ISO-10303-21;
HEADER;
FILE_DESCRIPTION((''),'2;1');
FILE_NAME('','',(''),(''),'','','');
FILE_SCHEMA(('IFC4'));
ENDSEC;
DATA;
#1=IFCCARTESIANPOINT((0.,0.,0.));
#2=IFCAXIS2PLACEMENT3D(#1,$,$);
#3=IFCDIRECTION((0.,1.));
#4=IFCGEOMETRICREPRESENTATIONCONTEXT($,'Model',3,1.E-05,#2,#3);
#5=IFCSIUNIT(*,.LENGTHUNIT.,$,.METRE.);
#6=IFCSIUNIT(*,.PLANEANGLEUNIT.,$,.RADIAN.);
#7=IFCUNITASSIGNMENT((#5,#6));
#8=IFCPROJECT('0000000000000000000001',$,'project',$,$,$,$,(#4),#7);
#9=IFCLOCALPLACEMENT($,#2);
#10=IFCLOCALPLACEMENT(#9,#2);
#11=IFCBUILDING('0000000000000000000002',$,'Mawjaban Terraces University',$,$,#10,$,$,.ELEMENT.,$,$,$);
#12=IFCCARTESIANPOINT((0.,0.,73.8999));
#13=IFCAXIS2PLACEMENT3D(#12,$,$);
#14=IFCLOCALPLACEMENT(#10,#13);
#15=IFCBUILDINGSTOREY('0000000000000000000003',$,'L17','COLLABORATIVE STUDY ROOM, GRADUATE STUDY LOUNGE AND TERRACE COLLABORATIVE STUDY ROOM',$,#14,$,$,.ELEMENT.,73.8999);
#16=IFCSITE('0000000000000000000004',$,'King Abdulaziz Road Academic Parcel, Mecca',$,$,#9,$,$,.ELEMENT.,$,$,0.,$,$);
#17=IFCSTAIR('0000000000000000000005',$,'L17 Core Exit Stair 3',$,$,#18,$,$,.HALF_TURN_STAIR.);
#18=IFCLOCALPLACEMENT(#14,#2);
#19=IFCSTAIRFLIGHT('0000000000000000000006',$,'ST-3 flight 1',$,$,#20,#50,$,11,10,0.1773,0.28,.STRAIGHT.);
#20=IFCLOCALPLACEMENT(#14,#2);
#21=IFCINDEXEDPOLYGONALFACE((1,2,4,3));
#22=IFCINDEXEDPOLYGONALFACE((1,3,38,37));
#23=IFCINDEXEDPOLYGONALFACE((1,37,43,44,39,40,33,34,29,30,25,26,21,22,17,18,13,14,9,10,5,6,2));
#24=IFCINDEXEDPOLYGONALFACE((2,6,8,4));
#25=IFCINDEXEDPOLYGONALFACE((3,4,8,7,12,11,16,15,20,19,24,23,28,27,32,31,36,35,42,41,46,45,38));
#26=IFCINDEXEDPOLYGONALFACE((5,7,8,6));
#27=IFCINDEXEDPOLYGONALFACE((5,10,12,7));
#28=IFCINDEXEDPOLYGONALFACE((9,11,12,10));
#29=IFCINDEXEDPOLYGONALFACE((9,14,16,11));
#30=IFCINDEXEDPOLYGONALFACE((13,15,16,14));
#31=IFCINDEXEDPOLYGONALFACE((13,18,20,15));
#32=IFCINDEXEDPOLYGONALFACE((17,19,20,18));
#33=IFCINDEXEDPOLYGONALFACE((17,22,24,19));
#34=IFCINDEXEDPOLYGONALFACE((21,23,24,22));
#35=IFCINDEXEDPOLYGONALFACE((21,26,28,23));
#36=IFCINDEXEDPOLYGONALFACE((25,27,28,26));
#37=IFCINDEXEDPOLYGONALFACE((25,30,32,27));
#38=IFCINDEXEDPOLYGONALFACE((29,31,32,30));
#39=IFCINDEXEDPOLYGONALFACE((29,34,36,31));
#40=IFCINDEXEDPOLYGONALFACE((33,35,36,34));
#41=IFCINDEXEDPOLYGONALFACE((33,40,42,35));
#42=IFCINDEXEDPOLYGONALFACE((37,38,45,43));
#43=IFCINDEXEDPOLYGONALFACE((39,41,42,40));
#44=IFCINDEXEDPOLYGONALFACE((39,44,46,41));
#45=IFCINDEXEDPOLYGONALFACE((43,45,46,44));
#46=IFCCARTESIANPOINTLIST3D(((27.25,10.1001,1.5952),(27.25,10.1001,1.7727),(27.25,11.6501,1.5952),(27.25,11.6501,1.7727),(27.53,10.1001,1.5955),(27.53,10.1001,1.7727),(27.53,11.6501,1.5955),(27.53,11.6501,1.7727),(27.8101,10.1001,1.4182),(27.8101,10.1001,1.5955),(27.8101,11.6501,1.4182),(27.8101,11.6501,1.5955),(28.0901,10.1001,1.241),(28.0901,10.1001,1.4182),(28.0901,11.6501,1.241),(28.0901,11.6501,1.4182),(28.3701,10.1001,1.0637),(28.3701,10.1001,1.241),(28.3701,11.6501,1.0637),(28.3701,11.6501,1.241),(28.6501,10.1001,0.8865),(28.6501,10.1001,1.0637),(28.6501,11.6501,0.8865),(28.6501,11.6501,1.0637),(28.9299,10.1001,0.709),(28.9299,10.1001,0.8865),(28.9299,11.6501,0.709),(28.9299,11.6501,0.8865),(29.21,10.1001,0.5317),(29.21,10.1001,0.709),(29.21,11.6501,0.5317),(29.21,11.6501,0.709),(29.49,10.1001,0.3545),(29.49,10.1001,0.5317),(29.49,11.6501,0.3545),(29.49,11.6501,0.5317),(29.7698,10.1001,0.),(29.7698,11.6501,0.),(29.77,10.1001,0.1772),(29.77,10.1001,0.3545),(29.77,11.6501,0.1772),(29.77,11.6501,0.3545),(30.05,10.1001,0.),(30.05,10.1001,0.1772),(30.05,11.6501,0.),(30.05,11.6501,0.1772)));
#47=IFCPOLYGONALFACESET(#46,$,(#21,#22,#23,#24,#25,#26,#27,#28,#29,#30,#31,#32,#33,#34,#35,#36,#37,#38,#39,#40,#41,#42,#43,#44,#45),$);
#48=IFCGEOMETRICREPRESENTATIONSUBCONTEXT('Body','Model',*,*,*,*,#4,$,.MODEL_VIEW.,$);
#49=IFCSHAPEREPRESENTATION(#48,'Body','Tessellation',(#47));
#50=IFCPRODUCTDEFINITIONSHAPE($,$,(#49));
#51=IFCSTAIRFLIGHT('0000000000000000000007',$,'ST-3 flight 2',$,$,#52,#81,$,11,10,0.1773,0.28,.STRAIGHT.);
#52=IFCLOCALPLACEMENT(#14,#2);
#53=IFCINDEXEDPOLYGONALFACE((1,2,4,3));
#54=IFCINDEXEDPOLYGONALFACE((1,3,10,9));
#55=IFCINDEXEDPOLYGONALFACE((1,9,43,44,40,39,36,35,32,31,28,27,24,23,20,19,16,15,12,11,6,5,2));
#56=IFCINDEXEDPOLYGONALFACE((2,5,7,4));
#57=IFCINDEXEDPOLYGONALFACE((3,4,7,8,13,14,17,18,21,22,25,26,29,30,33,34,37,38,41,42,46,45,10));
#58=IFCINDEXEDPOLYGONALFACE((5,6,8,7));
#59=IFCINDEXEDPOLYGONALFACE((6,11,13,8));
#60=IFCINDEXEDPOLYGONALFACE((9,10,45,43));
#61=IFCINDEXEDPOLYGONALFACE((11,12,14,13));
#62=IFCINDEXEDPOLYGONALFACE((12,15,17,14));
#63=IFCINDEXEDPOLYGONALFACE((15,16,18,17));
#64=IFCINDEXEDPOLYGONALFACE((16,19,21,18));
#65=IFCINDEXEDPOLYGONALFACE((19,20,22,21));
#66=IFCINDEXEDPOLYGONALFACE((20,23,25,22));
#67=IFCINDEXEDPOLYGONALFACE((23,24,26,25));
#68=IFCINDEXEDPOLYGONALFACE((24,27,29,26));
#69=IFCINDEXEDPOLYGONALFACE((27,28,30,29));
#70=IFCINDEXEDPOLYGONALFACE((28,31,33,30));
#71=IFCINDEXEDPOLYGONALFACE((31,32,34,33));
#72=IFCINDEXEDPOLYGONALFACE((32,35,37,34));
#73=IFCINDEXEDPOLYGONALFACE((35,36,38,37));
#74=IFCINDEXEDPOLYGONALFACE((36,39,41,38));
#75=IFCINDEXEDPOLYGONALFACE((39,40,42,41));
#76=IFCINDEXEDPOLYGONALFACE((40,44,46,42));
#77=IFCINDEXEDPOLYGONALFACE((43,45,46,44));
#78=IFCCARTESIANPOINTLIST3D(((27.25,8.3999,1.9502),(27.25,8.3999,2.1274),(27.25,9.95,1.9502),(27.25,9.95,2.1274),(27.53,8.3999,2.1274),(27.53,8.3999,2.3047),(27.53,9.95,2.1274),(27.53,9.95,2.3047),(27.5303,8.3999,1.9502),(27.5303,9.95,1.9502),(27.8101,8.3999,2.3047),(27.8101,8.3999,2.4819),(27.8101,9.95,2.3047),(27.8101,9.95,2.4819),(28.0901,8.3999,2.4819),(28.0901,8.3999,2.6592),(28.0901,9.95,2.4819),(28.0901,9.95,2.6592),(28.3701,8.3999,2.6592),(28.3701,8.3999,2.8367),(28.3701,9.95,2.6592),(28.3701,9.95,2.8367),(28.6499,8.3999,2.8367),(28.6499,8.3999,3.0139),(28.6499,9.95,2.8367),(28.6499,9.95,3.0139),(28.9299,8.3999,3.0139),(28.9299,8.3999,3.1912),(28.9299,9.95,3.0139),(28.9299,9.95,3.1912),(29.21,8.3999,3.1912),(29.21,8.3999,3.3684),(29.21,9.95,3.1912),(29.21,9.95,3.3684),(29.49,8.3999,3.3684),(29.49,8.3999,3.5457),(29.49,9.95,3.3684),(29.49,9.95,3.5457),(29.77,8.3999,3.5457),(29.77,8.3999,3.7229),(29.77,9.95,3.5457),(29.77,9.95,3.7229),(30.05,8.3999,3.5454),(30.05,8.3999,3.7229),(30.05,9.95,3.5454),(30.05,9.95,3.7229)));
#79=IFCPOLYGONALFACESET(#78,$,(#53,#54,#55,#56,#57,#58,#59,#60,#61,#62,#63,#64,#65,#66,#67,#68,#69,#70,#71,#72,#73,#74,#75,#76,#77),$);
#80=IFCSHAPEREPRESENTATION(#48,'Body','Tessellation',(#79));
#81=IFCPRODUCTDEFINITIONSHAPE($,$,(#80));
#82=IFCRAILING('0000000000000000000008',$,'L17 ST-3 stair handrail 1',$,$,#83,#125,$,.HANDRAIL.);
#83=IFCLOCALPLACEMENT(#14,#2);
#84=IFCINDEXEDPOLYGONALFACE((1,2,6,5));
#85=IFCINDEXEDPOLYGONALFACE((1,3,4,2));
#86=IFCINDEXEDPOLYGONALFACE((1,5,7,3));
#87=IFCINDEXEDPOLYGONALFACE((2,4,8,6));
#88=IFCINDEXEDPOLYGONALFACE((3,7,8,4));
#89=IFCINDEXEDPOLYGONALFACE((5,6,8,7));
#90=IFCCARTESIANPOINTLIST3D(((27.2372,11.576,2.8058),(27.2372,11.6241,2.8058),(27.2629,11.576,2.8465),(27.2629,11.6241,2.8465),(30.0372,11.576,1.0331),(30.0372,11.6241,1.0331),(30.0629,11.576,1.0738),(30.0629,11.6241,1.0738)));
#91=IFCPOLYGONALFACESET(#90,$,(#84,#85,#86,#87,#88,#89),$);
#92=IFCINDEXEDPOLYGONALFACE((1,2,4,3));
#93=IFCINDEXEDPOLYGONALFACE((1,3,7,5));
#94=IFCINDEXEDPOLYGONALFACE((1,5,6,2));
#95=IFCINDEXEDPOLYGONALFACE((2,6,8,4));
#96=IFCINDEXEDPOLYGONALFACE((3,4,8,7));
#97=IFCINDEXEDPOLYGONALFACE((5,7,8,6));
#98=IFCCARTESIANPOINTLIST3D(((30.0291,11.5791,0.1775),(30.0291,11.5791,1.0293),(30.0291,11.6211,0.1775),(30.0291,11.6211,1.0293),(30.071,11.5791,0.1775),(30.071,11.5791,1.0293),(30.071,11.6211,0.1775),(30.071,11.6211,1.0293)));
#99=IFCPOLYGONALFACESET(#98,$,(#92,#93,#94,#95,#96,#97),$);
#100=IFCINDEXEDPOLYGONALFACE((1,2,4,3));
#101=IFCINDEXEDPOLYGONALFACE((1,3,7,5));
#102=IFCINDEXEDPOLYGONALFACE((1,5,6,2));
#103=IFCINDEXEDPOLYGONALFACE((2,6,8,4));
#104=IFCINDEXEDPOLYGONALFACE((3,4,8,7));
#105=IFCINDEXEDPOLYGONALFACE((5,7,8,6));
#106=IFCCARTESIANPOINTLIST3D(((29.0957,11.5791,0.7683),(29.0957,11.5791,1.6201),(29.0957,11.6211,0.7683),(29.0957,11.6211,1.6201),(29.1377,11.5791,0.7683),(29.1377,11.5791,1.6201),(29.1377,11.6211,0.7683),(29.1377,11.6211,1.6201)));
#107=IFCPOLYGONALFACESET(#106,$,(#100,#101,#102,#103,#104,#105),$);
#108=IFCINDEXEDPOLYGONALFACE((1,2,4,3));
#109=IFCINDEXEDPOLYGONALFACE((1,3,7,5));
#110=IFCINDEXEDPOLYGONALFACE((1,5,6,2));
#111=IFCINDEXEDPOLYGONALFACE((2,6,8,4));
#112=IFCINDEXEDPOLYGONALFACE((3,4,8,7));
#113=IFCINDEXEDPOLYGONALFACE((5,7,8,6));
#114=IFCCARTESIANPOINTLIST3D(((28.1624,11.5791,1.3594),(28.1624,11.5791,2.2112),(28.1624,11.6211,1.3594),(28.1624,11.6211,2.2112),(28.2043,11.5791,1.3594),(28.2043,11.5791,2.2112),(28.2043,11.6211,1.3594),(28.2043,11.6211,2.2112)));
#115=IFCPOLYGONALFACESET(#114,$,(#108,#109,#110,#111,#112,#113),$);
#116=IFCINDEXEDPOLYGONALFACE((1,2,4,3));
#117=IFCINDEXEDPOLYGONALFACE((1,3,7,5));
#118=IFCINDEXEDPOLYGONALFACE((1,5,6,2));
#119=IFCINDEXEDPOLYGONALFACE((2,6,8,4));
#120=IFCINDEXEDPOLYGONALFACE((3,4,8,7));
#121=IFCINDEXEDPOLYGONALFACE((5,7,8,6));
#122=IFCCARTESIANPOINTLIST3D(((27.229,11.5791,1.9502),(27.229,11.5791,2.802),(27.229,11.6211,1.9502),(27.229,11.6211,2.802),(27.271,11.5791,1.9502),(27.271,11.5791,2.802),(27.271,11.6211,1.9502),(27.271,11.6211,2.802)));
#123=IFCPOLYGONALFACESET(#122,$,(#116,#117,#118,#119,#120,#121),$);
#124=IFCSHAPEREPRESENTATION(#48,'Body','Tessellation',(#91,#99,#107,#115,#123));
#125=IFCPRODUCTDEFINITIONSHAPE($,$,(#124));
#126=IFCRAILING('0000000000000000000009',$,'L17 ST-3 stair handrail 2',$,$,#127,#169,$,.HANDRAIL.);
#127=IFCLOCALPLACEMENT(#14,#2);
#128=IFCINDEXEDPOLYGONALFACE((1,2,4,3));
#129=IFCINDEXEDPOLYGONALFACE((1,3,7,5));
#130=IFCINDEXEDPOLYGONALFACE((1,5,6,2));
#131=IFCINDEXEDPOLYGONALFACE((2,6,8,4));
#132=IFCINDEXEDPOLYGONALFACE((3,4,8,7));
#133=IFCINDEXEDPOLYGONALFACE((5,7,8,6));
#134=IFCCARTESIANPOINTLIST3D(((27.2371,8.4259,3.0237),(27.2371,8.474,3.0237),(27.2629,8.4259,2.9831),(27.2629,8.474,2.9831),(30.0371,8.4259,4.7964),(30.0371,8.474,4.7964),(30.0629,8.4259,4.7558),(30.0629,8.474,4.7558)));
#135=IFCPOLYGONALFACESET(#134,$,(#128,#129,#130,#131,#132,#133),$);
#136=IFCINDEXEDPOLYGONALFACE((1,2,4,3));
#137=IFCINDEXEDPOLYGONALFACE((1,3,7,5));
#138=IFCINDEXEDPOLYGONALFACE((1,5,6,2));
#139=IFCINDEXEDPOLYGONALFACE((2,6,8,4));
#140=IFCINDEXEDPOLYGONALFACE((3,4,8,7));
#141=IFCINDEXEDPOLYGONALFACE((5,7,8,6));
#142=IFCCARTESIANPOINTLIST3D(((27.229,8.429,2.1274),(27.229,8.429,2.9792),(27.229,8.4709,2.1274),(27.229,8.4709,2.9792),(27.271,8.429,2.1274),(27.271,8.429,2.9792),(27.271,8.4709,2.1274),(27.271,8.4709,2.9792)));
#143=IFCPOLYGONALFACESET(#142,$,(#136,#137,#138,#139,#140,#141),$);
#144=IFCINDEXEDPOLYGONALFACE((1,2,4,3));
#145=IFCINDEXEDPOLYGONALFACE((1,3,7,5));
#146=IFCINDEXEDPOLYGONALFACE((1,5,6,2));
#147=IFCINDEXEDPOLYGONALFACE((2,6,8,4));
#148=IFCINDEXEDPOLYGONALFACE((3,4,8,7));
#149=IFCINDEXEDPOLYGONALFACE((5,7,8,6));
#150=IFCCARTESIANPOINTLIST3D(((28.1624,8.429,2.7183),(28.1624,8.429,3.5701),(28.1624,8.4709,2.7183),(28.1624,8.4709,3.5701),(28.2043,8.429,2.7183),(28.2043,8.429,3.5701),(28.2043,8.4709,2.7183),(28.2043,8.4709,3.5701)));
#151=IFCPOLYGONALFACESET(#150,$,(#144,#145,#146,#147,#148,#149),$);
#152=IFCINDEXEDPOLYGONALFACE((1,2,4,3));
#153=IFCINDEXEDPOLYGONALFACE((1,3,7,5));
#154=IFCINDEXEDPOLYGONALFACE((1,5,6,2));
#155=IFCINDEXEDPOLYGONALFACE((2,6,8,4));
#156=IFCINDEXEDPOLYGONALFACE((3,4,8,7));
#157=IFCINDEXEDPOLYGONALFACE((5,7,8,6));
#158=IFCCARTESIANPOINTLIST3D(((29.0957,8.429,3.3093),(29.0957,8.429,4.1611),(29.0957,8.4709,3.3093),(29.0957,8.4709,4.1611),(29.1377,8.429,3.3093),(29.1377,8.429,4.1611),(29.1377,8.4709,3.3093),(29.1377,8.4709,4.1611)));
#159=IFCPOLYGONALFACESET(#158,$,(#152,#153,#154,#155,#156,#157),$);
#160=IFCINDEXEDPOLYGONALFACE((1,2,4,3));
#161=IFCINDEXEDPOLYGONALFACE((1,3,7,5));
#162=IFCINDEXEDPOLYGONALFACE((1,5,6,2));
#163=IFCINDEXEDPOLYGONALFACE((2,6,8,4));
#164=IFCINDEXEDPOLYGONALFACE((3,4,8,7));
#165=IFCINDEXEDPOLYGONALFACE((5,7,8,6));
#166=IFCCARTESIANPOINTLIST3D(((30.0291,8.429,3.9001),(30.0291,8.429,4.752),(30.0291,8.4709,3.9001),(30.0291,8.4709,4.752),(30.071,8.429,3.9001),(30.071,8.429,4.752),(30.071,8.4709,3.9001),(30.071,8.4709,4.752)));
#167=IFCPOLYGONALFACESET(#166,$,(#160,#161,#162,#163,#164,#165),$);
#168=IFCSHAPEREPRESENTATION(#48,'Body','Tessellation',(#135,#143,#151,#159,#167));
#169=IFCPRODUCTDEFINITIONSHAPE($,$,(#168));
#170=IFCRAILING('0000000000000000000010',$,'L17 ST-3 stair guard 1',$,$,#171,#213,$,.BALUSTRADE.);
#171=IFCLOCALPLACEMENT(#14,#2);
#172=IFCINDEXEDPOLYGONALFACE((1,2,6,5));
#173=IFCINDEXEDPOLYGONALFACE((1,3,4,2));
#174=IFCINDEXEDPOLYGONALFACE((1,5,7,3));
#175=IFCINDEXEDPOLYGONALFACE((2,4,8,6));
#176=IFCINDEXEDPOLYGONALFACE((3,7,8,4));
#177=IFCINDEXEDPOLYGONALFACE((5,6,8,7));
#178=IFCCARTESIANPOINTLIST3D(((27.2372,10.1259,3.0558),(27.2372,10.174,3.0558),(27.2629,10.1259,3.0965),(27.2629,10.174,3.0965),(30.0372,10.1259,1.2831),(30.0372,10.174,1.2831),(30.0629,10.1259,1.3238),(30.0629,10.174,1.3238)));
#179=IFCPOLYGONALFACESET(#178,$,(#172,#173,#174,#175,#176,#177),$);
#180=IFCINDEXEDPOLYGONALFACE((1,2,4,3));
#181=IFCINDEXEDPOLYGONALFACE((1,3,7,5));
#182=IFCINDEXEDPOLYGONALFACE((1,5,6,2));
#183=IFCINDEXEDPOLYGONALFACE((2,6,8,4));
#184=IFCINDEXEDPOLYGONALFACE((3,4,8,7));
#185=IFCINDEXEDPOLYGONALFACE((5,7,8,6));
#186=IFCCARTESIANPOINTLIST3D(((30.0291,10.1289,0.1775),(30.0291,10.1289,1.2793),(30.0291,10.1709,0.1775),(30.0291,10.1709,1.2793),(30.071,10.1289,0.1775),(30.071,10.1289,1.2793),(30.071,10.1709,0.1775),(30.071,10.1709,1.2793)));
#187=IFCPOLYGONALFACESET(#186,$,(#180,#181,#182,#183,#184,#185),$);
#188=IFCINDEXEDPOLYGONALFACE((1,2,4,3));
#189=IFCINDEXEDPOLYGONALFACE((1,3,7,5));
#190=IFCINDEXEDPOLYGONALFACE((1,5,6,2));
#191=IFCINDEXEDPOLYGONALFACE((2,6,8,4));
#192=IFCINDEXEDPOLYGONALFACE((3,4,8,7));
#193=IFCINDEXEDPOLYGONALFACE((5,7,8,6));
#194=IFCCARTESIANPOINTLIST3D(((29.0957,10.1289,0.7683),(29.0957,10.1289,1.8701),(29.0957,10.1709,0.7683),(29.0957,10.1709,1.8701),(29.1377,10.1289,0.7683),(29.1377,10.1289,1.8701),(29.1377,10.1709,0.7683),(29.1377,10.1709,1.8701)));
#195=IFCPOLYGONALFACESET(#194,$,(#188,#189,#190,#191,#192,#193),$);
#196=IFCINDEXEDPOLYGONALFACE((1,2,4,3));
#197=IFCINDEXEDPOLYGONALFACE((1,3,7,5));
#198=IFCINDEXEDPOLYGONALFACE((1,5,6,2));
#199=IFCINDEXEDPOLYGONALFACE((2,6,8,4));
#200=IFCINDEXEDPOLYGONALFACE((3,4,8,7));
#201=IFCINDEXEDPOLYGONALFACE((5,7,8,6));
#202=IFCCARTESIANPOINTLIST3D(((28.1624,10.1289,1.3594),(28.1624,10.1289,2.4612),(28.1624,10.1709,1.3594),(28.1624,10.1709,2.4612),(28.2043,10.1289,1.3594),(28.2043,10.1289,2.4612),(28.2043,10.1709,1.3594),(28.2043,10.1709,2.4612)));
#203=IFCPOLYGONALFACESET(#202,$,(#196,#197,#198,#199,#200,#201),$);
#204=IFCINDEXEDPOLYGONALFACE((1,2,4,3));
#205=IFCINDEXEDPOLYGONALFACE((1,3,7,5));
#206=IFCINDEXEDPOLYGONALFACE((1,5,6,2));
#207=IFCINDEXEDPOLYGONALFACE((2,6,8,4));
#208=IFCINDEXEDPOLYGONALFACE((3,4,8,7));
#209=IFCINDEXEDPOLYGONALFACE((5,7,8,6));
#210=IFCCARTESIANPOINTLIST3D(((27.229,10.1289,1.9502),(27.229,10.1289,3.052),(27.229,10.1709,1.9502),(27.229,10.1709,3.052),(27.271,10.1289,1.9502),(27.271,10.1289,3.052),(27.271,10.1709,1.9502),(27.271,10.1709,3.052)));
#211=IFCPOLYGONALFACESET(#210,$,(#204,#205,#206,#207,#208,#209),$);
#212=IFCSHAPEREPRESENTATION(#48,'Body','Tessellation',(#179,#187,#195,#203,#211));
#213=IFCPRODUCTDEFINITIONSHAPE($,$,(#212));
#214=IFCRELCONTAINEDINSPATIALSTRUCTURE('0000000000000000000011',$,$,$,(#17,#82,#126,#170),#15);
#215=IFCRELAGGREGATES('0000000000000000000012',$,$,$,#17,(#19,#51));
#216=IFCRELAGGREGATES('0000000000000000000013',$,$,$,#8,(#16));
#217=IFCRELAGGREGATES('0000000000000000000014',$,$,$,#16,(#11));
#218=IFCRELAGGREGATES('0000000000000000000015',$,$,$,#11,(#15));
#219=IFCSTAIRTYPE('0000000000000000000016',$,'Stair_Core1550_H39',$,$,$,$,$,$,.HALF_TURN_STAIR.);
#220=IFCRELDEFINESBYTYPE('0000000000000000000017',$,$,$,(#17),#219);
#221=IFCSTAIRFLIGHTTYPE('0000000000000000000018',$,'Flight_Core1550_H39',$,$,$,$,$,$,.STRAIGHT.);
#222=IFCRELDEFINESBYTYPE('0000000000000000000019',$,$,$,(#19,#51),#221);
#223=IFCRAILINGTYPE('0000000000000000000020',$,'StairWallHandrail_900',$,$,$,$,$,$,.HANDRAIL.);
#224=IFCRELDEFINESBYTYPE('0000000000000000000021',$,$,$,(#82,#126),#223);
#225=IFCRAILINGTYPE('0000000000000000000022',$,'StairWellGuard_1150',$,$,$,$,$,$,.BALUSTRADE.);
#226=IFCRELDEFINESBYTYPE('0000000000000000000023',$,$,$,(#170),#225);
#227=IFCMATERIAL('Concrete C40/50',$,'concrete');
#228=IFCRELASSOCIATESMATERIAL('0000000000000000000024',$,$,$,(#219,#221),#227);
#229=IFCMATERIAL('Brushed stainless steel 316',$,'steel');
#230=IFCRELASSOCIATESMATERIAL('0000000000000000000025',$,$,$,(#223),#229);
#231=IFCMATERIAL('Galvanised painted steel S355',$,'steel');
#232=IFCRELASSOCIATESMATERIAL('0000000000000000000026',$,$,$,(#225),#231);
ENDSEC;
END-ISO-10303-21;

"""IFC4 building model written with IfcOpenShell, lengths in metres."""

from ifc_helpers import new_model, si_unit, direction, frame, origin, origin_2d, place, context, subcontext, project, spatial, polyline, rectangle, outline, extrude, material, type_object, element, aggregate, save


model = new_model("IFC4")

# Units and contexts
model_context = context("Model", 3, precision=1e-05, world=origin(), true_north=direction((0.0, 1.0)))
body_context = subcontext(model_context, "Body", "Model", "MODEL_VIEW")
ifc_project = project(units=[si_unit("LENGTHUNIT", "METRE"), si_unit("PLANEANGLEUNIT", "RADIAN")], contexts=[model_context])

# Site, building, storey
site_placement = place(None, origin())
site = spatial("IfcSite", under=ifc_project, at=site_placement, Name="King Abdulaziz Road Academic Parcel, Mecca", CompositionType="ELEMENT", RefElevation=0.0)
building_placement = place(site_placement, origin())
building = spatial("IfcBuilding", under=site, at=building_placement, Name="Mawjaban Terraces University", CompositionType="ELEMENT")
storey_placement = place(building_placement, frame((0.0, 0.0, 73.8999)))
storey = spatial("IfcBuildingStorey", under=building, at=storey_placement, Name="L17", Description="COLLABORATIVE STUDY ROOM, GRADUATE STUDY LOUNGE AND TERRACE COLLABORATIVE STUDY ROOM", CompositionType="ELEMENT", Elevation=73.8999)

# Shared definitions
ifc_material_1 = material(Name="Concrete C40/50", Category="concrete")

# Stair, stair flights
stair_type = type_object("IfcStairType", Name="Stair_Core1550_H39", PredefinedType="HALF_TURN_STAIR", material=ifc_material_1)
stair_placement = place(storey_placement, origin())
stair = element("IfcStair", 1, at=stair_placement, inside=storey, type_object=stair_type, Name="L17 Core Exit Stair 3", PredefinedType="HALF_TURN_STAIR")
stair_flight_type = type_object("IfcStairFlightType", Name="Flight_Core1550_H39", PredefinedType="STRAIGHT", material=ifc_material_1)
stair_flight_1_placement = place(storey_placement, frame((30.05, 10.875, 0.0), z_axis=(0.0, 0.0, 1.0), x_axis=(-1.0, 0.0, 0.0)))
stair_flight_1 = element("IfcStairFlight", 2, at=stair_flight_1_placement, type_object=stair_flight_type, Name="ST-3 flight 1", NumberOfRisers=11, NumberOfTreads=10, PredefinedType="STRAIGHT", RiserHeight=0.1773, TreadLength=0.28, context=body_context, shape_type="SweptSolid", body=[
    extrude(outline(polyline([(0.0, 0.0), (0.0, 0.1772), (0.28, 0.1772), (0.28, 0.3545), (0.5601, 0.3545), (0.5601, 0.5317), (0.8401, 0.5317), (0.8401, 0.709), (1.1201, 0.709), (1.1201, 0.8865), (1.3999, 0.8865), (1.3999, 1.0637), (1.6799, 1.0637), (1.6799, 1.241), (1.96, 1.241), (1.96, 1.4182), (2.24, 1.4182), (2.24, 1.5955), (2.52, 1.5955), (2.52, 1.7727), (2.8, 1.7727), (2.8, 1.95), (2.8, 1.5952), (0.2803, 0.0), (0.0, 0.0)])), frame((0.0, 0.7749, 0.0), z_axis=(0.0, -1.0, 0.0), x_axis=(1.0, 0.0, 0.0)), (0.0, 0.0, 1.0), 1.55),
])
stair_flight_2_placement = place(storey_placement, frame((27.25, 9.175, 1.9502), z_axis=(0.0, 0.0, 1.0), x_axis=(1.0, 0.0, 0.0)))
stair_flight_2 = element("IfcStairFlight", 3, at=stair_flight_2_placement, type_object=stair_flight_type, Name="ST-3 flight 2", NumberOfRisers=11, NumberOfTreads=10, PredefinedType="STRAIGHT", RiserHeight=0.1773, TreadLength=0.28, context=body_context, shape_type="SweptSolid", body=[
    extrude(outline(polyline([(0.0, 0.0), (0.0, 0.1772), (0.28, 0.1772), (0.28, 0.3545), (0.5601, 0.3545), (0.5601, 0.5317), (0.8401, 0.5317), (0.8401, 0.709), (1.1201, 0.709), (1.1201, 0.8865), (1.3999, 0.8865), (1.3999, 1.0637), (1.6799, 1.0637), (1.6799, 1.241), (1.96, 1.241), (1.96, 1.4182), (2.24, 1.4182), (2.24, 1.5955), (2.52, 1.5955), (2.52, 1.7727), (2.8, 1.7727), (2.8, 1.95), (2.8, 1.5952), (0.2803, 0.0), (0.0, 0.0)])), frame((0.0, 0.7749, 0.0), z_axis=(0.0, -1.0, 0.0), x_axis=(1.0, 0.0, 0.0)), (0.0, 0.0, 1.0), 1.55),
])
aggregate(stair, [stair_flight_1, stair_flight_2])

# Railings
ifc_material_2 = material(Name="Brushed stainless steel 316", Category="steel")
railing_type_1 = type_object("IfcRailingType", Name="StairWallHandrail_900", PredefinedType="HANDRAIL", material=ifc_material_2)
railing_1_placement = place(storey_placement, frame((30.05, 11.6001, 0.1775)))
element("IfcRailing", 4, at=railing_1_placement, inside=storey, type_object=railing_type_1, Name="L17 ST-3 stair handrail 1", PredefinedType="HANDRAIL", context=body_context, shape_type="SweptSolid", body=[
    extrude(rectangle(XDim=0.0481, YDim=0.0481, at=origin_2d()), frame((0.0, 0.0, 0.876), z_axis=(-0.844909, 0.0, 0.53491), x_axis=(0.0, -1.0, 0.0)), (0.0, 0.0, 1.0), 3.314),
    extrude(rectangle(XDim=0.042, YDim=0.042, at=origin_2d()), origin(), (0.0, 0.0, 1.0), 0.8518),
    extrude(rectangle(XDim=0.042, YDim=0.042, at=origin_2d()), frame((-0.9333, 0.0, 0.5908)), (0.0, 0.0, 1.0), 0.8518),
    extrude(rectangle(XDim=0.042, YDim=0.042, at=origin_2d()), frame((-1.8667, 0.0, 1.1819)), (0.0, 0.0, 1.0), 0.8518),
    extrude(rectangle(XDim=0.042, YDim=0.042, at=origin_2d()), frame((-2.8, 0.0, 1.7727)), (0.0, 0.0, 1.0), 0.8518),
])
railing_2_placement = place(storey_placement, frame((27.25, 8.45, 2.1274)))
element("IfcRailing", 5, at=railing_2_placement, inside=storey, type_object=railing_type_1, Name="L17 ST-3 stair handrail 2", PredefinedType="HANDRAIL", context=body_context, shape_type="SweptSolid", body=[
    extrude(rectangle(XDim=0.0481, YDim=0.0481, at=origin_2d()), frame((0.0, 0.0, 0.876), z_axis=(0.844909, 0.0, 0.53491), x_axis=(0.0, 1.0, 0.0)), (0.0, 0.0, 1.0), 3.314),
    extrude(rectangle(XDim=0.042, YDim=0.042, at=origin_2d()), origin(), (0.0, 0.0, 1.0), 0.8518),
    extrude(rectangle(XDim=0.042, YDim=0.042, at=origin_2d()), frame((0.9333, 0.0, 0.5908)), (0.0, 0.0, 1.0), 0.8518),
    extrude(rectangle(XDim=0.042, YDim=0.042, at=origin_2d()), frame((1.8667, 0.0, 1.1819)), (0.0, 0.0, 1.0), 0.8518),
    extrude(rectangle(XDim=0.042, YDim=0.042, at=origin_2d()), frame((2.8, 0.0, 1.7727)), (0.0, 0.0, 1.0), 0.8518),
])
ifc_material_3 = material(Name="Galvanised painted steel S355", Category="steel")
railing_type_2 = type_object("IfcRailingType", Name="StairWellGuard_1150", PredefinedType="BALUSTRADE", material=ifc_material_3)
railing_3_placement = place(storey_placement, frame((30.05, 10.1499, 0.1775)))
element("IfcRailing", 6, at=railing_3_placement, inside=storey, type_object=railing_type_2, Name="L17 ST-3 stair guard 1", PredefinedType="BALUSTRADE", context=body_context, shape_type="SweptSolid", body=[
    extrude(rectangle(XDim=0.0481, YDim=0.0481, at=origin_2d()), frame((0.0, 0.0, 1.126), z_axis=(-0.844909, 0.0, 0.53491), x_axis=(0.0, -1.0, 0.0)), (0.0, 0.0, 1.0), 3.314),
    extrude(rectangle(XDim=0.042, YDim=0.042, at=origin_2d()), origin(), (0.0, 0.0, 1.0), 1.1018),
    extrude(rectangle(XDim=0.042, YDim=0.042, at=origin_2d()), frame((-0.9333, 0.0, 0.5908)), (0.0, 0.0, 1.0), 1.1018),
    extrude(rectangle(XDim=0.042, YDim=0.042, at=origin_2d()), frame((-1.8667, 0.0, 1.1819)), (0.0, 0.0, 1.0), 1.1018),
    extrude(rectangle(XDim=0.042, YDim=0.042, at=origin_2d()), frame((-2.8, 0.0, 1.7727)), (0.0, 0.0, 1.0), 1.1018),
])

save(model, "model.ifc")
